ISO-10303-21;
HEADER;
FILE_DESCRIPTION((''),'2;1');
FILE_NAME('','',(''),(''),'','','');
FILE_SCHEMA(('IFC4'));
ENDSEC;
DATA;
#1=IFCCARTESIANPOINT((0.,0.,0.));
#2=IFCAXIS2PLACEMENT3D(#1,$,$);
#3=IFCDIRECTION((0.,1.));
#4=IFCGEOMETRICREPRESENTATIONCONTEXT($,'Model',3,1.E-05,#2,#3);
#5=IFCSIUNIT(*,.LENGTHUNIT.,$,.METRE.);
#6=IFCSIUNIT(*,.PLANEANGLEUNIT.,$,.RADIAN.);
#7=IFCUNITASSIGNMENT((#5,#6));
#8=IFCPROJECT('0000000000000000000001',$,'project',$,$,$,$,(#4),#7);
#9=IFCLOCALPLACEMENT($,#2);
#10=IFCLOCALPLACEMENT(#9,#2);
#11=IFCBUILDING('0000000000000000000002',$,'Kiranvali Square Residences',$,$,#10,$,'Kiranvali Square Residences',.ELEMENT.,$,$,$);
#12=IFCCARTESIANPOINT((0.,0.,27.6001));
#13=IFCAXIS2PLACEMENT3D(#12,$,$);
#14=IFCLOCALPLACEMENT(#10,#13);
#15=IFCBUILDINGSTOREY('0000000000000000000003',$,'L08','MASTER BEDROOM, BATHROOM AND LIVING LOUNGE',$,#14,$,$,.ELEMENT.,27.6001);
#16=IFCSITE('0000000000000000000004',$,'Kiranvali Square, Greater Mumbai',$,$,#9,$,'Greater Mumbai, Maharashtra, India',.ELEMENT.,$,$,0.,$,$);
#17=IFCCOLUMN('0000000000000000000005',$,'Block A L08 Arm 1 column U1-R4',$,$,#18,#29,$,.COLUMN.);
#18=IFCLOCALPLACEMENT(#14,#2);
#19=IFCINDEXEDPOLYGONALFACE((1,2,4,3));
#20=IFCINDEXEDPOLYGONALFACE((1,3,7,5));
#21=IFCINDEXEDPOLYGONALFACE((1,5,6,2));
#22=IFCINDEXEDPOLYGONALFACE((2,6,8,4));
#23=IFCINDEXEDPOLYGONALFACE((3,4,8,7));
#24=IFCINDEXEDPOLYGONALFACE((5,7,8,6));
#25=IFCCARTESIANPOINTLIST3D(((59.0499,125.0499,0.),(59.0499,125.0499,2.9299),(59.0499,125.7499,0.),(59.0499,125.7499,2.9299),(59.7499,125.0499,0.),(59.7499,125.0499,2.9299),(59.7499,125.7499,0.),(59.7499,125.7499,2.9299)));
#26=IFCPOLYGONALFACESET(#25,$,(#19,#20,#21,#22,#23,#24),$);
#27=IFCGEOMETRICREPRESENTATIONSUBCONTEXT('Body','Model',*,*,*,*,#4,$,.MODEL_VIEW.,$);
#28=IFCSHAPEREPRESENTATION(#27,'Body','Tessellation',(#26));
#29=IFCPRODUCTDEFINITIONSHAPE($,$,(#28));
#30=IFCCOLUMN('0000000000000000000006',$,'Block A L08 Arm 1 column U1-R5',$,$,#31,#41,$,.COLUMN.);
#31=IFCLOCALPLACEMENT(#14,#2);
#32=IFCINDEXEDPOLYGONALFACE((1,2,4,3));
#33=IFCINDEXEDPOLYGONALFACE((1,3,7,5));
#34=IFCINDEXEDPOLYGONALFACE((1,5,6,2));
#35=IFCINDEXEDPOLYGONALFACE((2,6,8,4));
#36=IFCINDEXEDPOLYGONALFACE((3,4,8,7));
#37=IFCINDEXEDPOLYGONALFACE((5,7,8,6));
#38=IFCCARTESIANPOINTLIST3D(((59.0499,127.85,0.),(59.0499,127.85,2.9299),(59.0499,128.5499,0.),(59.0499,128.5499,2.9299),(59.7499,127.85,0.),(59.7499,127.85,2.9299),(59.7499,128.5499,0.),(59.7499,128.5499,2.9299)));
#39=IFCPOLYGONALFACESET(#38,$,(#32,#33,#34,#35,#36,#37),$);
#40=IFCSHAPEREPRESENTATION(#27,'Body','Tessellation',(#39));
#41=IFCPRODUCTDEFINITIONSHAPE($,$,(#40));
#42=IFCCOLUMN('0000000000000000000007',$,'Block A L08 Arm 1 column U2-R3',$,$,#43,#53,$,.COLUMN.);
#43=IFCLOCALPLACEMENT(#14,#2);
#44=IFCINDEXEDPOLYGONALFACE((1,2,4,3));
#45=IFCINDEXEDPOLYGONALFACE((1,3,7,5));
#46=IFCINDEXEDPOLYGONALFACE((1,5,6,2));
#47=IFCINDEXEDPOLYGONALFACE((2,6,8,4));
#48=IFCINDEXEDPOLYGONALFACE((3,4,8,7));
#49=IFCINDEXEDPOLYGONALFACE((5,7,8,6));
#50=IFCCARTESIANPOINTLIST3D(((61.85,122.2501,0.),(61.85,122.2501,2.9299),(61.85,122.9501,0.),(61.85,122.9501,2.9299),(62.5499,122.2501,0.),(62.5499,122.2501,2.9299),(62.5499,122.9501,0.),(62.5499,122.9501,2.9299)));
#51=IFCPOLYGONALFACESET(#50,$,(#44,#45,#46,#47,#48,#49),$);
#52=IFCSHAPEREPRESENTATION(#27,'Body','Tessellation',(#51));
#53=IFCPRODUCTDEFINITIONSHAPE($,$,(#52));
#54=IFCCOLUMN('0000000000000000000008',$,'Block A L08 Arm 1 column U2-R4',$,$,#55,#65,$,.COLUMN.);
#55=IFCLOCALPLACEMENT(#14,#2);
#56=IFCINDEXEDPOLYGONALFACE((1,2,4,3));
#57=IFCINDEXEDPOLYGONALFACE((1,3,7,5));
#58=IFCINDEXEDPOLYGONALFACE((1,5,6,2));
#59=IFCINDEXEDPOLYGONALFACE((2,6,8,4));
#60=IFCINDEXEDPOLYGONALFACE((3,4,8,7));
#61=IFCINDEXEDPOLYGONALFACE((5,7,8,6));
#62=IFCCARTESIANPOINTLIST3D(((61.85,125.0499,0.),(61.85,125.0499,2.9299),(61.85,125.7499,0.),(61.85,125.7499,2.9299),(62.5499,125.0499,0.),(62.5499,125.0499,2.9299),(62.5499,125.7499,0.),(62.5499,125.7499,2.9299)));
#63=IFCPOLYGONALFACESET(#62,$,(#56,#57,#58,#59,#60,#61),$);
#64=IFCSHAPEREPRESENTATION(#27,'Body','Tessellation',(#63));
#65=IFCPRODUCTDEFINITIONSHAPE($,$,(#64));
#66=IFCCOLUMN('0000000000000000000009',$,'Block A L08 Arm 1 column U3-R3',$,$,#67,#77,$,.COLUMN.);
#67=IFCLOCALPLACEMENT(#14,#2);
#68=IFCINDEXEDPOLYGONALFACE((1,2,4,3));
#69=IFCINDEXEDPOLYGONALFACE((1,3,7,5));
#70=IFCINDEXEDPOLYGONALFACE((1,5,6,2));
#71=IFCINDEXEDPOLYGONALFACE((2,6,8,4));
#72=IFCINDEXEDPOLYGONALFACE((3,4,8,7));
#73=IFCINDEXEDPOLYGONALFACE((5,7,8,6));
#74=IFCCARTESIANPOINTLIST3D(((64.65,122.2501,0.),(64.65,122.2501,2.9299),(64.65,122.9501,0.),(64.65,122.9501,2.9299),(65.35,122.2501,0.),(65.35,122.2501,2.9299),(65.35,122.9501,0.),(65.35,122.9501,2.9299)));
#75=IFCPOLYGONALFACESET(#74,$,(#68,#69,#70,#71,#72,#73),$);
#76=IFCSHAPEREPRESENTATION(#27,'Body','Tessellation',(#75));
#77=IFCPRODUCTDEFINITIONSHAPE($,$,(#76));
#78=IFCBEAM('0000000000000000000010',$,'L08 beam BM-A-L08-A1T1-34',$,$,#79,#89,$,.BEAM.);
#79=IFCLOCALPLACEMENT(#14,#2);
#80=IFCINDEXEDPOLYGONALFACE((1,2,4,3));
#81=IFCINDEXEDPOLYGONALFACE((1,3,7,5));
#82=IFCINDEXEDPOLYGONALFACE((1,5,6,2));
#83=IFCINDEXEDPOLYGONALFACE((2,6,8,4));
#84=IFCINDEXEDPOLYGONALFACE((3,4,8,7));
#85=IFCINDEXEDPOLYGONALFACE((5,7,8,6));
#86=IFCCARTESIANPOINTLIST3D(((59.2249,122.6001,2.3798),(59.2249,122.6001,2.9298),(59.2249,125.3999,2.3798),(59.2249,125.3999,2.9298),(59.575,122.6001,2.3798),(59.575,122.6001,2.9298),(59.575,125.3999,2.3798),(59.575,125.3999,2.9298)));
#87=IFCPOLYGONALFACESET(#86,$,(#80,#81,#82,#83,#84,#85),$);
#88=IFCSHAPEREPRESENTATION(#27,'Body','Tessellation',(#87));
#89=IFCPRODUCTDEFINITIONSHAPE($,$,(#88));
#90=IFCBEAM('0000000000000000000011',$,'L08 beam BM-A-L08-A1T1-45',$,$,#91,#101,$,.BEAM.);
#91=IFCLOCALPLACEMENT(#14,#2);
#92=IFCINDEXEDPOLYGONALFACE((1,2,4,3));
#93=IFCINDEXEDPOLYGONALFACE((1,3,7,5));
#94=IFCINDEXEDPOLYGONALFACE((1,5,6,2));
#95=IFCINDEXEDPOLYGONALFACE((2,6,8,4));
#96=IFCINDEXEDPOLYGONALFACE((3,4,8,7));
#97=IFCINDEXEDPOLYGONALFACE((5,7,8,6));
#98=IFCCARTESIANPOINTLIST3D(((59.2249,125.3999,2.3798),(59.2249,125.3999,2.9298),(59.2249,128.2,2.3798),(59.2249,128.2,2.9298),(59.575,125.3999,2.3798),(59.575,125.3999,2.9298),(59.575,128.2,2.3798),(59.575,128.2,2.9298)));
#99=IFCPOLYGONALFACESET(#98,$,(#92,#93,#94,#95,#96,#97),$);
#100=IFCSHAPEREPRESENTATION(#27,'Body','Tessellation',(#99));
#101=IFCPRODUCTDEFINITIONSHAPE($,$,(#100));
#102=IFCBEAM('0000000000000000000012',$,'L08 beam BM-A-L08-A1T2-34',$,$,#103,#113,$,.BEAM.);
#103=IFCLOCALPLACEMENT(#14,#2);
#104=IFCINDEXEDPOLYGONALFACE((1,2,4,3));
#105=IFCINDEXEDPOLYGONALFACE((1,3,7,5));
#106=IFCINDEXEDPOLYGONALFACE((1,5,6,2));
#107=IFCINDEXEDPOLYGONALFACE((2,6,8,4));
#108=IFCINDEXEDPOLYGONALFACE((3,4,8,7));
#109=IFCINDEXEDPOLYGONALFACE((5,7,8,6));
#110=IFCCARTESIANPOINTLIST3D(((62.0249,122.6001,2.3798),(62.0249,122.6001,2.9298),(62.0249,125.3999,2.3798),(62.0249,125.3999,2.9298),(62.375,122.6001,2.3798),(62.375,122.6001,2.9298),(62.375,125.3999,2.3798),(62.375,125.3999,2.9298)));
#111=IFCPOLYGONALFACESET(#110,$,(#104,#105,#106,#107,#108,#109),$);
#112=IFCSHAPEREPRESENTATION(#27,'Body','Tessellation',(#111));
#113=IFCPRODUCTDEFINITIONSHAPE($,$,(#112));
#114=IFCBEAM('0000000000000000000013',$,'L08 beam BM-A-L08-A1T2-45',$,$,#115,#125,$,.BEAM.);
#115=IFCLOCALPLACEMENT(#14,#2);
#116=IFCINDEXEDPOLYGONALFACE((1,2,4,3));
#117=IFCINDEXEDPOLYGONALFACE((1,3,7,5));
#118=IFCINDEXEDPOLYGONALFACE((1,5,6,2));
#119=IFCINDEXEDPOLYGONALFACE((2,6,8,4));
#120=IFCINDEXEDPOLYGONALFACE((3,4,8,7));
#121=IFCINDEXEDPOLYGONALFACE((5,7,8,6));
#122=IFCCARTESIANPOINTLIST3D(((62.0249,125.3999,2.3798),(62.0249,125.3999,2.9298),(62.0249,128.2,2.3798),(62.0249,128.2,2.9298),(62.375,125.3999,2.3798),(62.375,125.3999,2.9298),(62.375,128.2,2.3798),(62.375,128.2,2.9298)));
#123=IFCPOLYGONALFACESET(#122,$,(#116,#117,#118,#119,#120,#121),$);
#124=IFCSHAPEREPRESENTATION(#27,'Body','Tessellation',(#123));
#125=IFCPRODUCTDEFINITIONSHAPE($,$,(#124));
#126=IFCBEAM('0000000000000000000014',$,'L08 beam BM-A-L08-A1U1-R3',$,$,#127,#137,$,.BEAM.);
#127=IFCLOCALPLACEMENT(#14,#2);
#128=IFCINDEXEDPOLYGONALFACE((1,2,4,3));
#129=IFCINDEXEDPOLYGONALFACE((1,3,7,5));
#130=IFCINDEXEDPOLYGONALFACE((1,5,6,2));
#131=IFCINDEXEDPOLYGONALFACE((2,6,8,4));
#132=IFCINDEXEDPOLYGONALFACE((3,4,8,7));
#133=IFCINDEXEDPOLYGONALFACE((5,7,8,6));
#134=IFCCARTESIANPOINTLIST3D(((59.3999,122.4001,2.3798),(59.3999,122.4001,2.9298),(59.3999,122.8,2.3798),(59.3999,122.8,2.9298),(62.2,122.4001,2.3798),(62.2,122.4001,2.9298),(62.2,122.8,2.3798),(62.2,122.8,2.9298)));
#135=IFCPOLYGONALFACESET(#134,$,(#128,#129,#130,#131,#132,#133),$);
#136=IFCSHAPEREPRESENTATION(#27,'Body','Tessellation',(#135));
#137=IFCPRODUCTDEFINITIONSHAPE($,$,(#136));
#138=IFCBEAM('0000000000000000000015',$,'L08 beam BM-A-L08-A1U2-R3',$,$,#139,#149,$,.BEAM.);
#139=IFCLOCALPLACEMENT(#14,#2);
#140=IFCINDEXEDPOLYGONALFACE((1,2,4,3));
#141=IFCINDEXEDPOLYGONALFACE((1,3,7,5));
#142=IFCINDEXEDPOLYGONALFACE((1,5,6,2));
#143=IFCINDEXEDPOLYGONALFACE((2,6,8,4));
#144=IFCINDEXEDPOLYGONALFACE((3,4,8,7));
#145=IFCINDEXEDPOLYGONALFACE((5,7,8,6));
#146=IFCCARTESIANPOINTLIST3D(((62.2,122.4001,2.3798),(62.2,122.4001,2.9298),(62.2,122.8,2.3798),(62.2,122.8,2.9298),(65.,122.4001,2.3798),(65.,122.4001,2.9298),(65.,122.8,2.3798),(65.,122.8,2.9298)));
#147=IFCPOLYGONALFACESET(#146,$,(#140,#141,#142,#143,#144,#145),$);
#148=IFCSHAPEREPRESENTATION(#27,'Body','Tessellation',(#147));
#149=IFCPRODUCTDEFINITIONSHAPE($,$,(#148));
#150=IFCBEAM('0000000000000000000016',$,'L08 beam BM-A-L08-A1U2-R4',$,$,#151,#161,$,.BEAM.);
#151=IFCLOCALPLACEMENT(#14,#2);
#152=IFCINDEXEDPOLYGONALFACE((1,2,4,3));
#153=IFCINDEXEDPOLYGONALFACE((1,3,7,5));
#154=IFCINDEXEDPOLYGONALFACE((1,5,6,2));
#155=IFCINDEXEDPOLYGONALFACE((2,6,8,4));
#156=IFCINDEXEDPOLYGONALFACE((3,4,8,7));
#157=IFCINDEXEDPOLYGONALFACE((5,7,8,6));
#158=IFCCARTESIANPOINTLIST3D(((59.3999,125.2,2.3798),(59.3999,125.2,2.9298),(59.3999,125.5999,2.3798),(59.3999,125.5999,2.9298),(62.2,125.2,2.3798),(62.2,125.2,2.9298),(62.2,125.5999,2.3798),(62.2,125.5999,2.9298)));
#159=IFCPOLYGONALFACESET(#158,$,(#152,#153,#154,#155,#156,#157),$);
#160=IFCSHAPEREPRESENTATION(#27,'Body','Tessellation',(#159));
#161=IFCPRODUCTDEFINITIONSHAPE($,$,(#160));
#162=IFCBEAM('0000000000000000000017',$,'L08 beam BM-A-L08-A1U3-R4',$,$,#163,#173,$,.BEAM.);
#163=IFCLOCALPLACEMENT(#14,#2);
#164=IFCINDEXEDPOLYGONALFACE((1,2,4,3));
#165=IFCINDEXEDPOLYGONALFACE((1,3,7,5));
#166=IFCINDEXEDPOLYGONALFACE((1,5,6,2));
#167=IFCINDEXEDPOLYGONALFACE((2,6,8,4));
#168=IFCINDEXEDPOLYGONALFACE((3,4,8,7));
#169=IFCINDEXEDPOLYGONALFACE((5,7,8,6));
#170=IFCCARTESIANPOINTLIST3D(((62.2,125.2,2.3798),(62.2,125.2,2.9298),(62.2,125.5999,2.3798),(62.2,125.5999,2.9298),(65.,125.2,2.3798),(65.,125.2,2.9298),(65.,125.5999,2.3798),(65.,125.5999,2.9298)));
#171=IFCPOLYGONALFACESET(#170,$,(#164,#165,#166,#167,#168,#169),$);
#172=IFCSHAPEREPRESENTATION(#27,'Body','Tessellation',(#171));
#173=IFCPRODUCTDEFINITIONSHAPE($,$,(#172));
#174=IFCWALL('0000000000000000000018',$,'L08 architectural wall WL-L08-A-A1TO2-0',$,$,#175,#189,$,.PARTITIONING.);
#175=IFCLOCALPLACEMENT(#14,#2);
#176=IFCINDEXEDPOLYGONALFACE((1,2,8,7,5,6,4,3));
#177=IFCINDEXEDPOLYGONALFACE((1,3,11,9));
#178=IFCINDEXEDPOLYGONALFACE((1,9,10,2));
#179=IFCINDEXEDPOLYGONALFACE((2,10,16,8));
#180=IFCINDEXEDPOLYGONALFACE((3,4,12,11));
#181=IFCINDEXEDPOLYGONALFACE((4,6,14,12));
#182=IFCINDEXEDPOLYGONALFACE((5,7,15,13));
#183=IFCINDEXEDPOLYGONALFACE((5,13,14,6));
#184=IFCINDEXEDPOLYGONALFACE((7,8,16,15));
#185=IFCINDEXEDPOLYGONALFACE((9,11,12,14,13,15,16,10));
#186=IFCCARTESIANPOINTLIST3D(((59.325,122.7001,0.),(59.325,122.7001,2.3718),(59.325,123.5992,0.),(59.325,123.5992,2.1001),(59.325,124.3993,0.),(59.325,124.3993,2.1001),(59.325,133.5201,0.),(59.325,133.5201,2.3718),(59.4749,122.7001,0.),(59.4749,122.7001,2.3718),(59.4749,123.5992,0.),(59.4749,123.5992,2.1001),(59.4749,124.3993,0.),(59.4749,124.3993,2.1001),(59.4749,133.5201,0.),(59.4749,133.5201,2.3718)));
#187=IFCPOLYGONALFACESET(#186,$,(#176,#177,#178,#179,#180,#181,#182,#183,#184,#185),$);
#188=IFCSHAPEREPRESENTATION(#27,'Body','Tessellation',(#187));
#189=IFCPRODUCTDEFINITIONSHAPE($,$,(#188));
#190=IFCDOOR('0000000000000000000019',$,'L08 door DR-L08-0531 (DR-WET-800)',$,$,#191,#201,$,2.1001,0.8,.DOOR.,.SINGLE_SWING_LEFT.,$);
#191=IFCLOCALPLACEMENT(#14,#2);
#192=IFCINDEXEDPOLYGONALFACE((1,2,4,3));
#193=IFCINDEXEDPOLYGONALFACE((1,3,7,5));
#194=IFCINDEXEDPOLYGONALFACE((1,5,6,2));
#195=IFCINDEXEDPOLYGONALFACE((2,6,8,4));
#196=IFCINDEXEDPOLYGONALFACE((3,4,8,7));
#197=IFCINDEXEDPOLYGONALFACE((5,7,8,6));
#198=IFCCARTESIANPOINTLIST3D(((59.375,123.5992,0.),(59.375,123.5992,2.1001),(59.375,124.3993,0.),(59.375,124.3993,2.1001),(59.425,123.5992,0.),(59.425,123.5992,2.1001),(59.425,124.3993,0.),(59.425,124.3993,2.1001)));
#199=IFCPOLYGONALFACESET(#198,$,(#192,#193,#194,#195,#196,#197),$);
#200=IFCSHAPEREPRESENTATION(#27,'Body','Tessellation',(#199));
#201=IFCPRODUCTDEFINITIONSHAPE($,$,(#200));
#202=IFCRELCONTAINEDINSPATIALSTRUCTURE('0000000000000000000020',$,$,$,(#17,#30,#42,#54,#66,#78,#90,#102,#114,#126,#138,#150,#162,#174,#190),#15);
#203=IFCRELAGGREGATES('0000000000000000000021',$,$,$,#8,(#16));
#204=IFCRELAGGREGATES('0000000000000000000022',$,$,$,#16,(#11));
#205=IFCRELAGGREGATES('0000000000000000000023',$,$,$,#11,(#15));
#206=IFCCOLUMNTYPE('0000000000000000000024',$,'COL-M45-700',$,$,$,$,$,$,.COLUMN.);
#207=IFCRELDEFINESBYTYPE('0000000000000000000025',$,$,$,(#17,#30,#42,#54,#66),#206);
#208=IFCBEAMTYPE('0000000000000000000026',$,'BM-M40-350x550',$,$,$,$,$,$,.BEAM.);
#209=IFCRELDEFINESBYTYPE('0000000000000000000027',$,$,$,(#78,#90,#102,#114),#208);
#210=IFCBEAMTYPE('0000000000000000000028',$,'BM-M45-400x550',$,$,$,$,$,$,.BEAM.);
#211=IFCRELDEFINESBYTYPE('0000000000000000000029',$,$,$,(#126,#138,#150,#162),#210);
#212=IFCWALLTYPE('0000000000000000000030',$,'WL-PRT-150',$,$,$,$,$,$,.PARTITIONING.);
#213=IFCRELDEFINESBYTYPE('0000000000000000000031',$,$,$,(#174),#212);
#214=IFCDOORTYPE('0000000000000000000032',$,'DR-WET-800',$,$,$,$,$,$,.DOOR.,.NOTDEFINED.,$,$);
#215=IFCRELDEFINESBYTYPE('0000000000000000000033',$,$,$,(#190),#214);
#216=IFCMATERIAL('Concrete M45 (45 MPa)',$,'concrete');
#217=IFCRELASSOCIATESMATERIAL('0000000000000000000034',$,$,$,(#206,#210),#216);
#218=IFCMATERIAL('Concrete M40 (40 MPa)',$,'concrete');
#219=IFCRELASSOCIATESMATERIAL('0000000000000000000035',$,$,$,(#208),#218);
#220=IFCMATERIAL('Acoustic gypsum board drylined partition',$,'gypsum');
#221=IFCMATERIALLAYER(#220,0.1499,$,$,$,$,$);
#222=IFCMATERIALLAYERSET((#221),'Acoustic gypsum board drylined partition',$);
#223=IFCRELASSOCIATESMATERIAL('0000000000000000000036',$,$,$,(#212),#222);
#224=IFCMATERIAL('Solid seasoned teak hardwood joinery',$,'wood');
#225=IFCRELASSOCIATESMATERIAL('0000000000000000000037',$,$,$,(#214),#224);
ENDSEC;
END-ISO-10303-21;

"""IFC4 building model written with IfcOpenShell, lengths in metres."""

from ifc_helpers import new_model, si_unit, direction, frame, frame_2d, origin, origin_2d, place, context, subcontext, project, spatial, rectangle, extrude, material, layer, layer_set, material_profile, profile_set, type_object, element, fill, save


model = new_model("IFC4")

# Units and contexts
model_context = context("Model", 3, precision=1e-05, world=origin(), true_north=direction((0.0, 1.0)))
body_context = subcontext(model_context, "Body", "Model", "MODEL_VIEW")
ifc_project = project(units=[si_unit("LENGTHUNIT", "METRE"), si_unit("PLANEANGLEUNIT", "RADIAN")], contexts=[model_context])

# Site, building, storey
site_placement = place(None, origin())
site = spatial("IfcSite", under=ifc_project, at=site_placement, Name="Kiranvali Square, Greater Mumbai", LongName="Greater Mumbai, Maharashtra, India", CompositionType="ELEMENT", RefElevation=0.0)
building_placement = place(site_placement, origin())
building = spatial("IfcBuilding", under=site, at=building_placement, Name="Kiranvali Square Residences", LongName="Kiranvali Square Residences", CompositionType="ELEMENT")
storey_placement = place(building_placement, frame((0.0, 0.0, 27.6001)))
storey = spatial("IfcBuildingStorey", under=building, at=storey_placement, Name="L08", Description="MASTER BEDROOM, BATHROOM AND LIVING LOUNGE", CompositionType="ELEMENT", Elevation=27.6001)

# Columns
ifc_material_1 = material(Name="Concrete M45 (45 MPa)", Category="concrete")
ifc_material_profile_1 = material_profile(ifc_material_1, rectangle(XDim=0.7, YDim=0.7, at=origin_2d()), Name="RC 700x700")
ifc_profile_set_1 = profile_set([ifc_material_profile_1], Name="Concrete M45 (45 MPa)")
column_type = type_object("IfcColumnType", Name="COL-M45-700", PredefinedType="COLUMN", material=ifc_profile_set_1)
for number, where, z_axis, x_axis, name in (
    (1, (59.3999, 125.3999, 0.0), (0.0, 0.0, 1.0), (1.0, 0.0, 0.0), "Block A L08 Arm 1 column U1-R4"),
    (2, (59.3999, 128.2, 0.0), (0.0, 0.0, 1.0), (1.0, 0.0, 0.0), "Block A L08 Arm 1 column U1-R5"),
    (3, (62.2, 122.6001, 0.0), (0.0, 0.0, 1.0), (1.0, 0.0, 0.0), "Block A L08 Arm 1 column U2-R3"),
    (4, (62.2, 125.3999, 0.0), (0.0, 0.0, 1.0), (1.0, 0.0, 0.0), "Block A L08 Arm 1 column U2-R4"),
    (5, (65.0, 122.6001, 0.0), (0.0, 0.0, 1.0), (1.0, 0.0, 0.0), "Block A L08 Arm 1 column U3-R3"),
):
    element("IfcColumn", number, at=place(storey_placement, frame(where, z_axis=z_axis, x_axis=x_axis)), inside=storey, type_object=column_type, Name=name, PredefinedType="COLUMN", context=body_context, shape_type="SweptSolid", body=[
        extrude(rectangle(XDim=0.7, YDim=0.7, at=origin_2d()), origin(), (0.0, 0.0, 1.0), 2.9299),
    ])

# Beams
ifc_material_2 = material(Name="Concrete M40 (40 MPa)", Category="concrete")
ifc_material_profile_2 = material_profile(ifc_material_2, rectangle(XDim=0.3501, YDim=0.55, at=origin_2d()), Name="RC 350x550")
ifc_profile_set_2 = profile_set([ifc_material_profile_2], Name="Concrete M40 (40 MPa)")
beam_type_1 = type_object("IfcBeamType", Name="BM-M40-350x550", PredefinedType="BEAM", material=ifc_profile_set_2)
beam_1_placement = place(storey_placement, frame((59.3999, 122.6001, 2.6548), z_axis=(0.0, 1.0, 0.0), x_axis=(-1.0, 0.0, 0.0)))
element("IfcBeam", 6, at=beam_1_placement, inside=storey, type_object=beam_type_1, Name="L08 beam BM-A-L08-A1T1-34", PredefinedType="BEAM", context=body_context, shape_type="SweptSolid", body=[
    extrude(rectangle(XDim=0.3501, YDim=0.55, at=origin_2d()), origin(), (0.0, 0.0, 1.0), 2.7998),
])
beam_2_placement = place(storey_placement, frame((59.3999, 125.3999, 2.6548), z_axis=(0.0, 1.0, 0.0), x_axis=(-1.0, 0.0, 0.0)))
element("IfcBeam", 7, at=beam_2_placement, inside=storey, type_object=beam_type_1, Name="L08 beam BM-A-L08-A1T1-45", PredefinedType="BEAM", context=body_context, shape_type="SweptSolid", body=[
    extrude(rectangle(XDim=0.3501, YDim=0.55, at=origin_2d()), origin(), (0.0, 0.0, 1.0), 2.8),
])
beam_3_placement = place(storey_placement, frame((62.2, 122.6001, 2.6548), z_axis=(0.0, 1.0, 0.0), x_axis=(-1.0, 0.0, 0.0)))
element("IfcBeam", 8, at=beam_3_placement, inside=storey, type_object=beam_type_1, Name="L08 beam BM-A-L08-A1T2-34", PredefinedType="BEAM", context=body_context, shape_type="SweptSolid", body=[
    extrude(rectangle(XDim=0.3501, YDim=0.55, at=origin_2d()), origin(), (0.0, 0.0, 1.0), 2.7998),
])
beam_4_placement = place(storey_placement, frame((62.2, 125.3999, 2.6548), z_axis=(0.0, 1.0, 0.0), x_axis=(-1.0, 0.0, 0.0)))
element("IfcBeam", 9, at=beam_4_placement, inside=storey, type_object=beam_type_1, Name="L08 beam BM-A-L08-A1T2-45", PredefinedType="BEAM", context=body_context, shape_type="SweptSolid", body=[
    extrude(rectangle(XDim=0.3501, YDim=0.55, at=origin_2d()), origin(), (0.0, 0.0, 1.0), 2.8),
])
ifc_material_profile_3 = material_profile(ifc_material_1, rectangle(XDim=0.3999, YDim=0.55, at=origin_2d()), Name="RC 400x550")
ifc_profile_set_3 = profile_set([ifc_material_profile_3], Name="Concrete M45 (45 MPa)")
beam_type_2 = type_object("IfcBeamType", Name="BM-M45-400x550", PredefinedType="BEAM", material=ifc_profile_set_3)
for number, where, z_axis, x_axis, name in (
    (10, (59.3999, 122.6001, 2.6548), (1.0, 0.0, 0.0), (0.0, 1.0, 0.0), "L08 beam BM-A-L08-A1U1-R3"),
    (11, (62.2, 122.6001, 2.6548), (1.0, 0.0, 0.0), (0.0, 1.0, 0.0), "L08 beam BM-A-L08-A1U2-R3"),
    (12, (59.3999, 125.3999, 2.6548), (1.0, 0.0, 0.0), (0.0, 1.0, 0.0), "L08 beam BM-A-L08-A1U2-R4"),
    (13, (62.2, 125.3999, 2.6548), (1.0, 0.0, 0.0), (0.0, 1.0, 0.0), "L08 beam BM-A-L08-A1U3-R4"),
):
    element("IfcBeam", number, at=place(storey_placement, frame(where, z_axis=z_axis, x_axis=x_axis)), inside=storey, type_object=beam_type_2, Name=name, PredefinedType="BEAM", context=body_context, shape_type="SweptSolid", body=[
        extrude(rectangle(XDim=0.3999, YDim=0.55, at=origin_2d()), origin(), (0.0, 0.0, 1.0), 2.8),
    ])

# Wall, opening, door
ifc_material_3 = material(Name="Acoustic gypsum board drylined partition", Category="gypsum")
ifc_layer_1 = layer(ifc_material_3, 0.1499)
ifc_layer_set_1 = layer_set([ifc_layer_1], Name="Acoustic gypsum board drylined partition")
wall_type_1 = type_object("IfcWallType", Name="WL-PRT-150", PredefinedType="PARTITIONING", material=ifc_layer_set_1)
wall_1_placement = place(storey_placement, frame((59.3999, 122.7, 0.0), z_axis=(0.0, 0.0, 1.0), x_axis=(0.0, 1.0, 0.0)))
wall_1 = element("IfcWall", 14, at=wall_1_placement, inside=storey, type_object=wall_type_1, Name="L08 architectural wall WL-L08-A-A1TO2-0", PredefinedType="PARTITIONING", context=body_context, shape_type="SweptSolid", body=[
    extrude(rectangle(XDim=10.8201, YDim=0.1499, at=frame_2d((5.4102, 0.0))), origin(), (0.0, 0.0, 1.0), 2.3718),
])
opening_1_placement = place(wall_1_placement, frame((0.8994, 0.0, 0.0)))
opening_1 = element("IfcOpeningElement", 15, at=opening_1_placement, cuts=wall_1, PredefinedType="OPENING", context=body_context, shape_type="SweptSolid", body=[
    extrude(rectangle(XDim=0.8, YDim=2.1001, at=frame_2d((0.3999, 1.05))), frame((0.0, 0.085, 0.0), z_axis=(0.0, -1.0, 0.0), x_axis=(1.0, 0.0, 0.0)), (0.0, 0.0, 1.0), 0.1699),
])
ifc_material_4 = material(Name="Solid seasoned teak hardwood joinery", Category="wood")
door_type_1 = type_object("IfcDoorType", Name="DR-WET-800", OperationType="NOTDEFINED", PredefinedType="DOOR", material=ifc_material_4)
door_1_placement = place(opening_1_placement, origin())
door_1 = element("IfcDoor", 16, at=door_1_placement, inside=storey, type_object=door_type_1, Name="L08 door DR-L08-0531 (DR-WET-800)", OperationType="SINGLE_SWING_LEFT", OverallHeight=2.1001, OverallWidth=0.8, PredefinedType="DOOR", context=body_context, shape_type="SweptSolid", body=[
    extrude(rectangle(XDim=0.8, YDim=2.1001, at=frame_2d((0.3999, 1.05))), frame((0.0, 0.0249, 0.0), z_axis=(0.0, -1.0, 0.0), x_axis=(1.0, 0.0, 0.0)), (0.0, 0.0, 1.0), 0.05),
])
fill(opening_1, door_1)

save(model, "model.ifc")
